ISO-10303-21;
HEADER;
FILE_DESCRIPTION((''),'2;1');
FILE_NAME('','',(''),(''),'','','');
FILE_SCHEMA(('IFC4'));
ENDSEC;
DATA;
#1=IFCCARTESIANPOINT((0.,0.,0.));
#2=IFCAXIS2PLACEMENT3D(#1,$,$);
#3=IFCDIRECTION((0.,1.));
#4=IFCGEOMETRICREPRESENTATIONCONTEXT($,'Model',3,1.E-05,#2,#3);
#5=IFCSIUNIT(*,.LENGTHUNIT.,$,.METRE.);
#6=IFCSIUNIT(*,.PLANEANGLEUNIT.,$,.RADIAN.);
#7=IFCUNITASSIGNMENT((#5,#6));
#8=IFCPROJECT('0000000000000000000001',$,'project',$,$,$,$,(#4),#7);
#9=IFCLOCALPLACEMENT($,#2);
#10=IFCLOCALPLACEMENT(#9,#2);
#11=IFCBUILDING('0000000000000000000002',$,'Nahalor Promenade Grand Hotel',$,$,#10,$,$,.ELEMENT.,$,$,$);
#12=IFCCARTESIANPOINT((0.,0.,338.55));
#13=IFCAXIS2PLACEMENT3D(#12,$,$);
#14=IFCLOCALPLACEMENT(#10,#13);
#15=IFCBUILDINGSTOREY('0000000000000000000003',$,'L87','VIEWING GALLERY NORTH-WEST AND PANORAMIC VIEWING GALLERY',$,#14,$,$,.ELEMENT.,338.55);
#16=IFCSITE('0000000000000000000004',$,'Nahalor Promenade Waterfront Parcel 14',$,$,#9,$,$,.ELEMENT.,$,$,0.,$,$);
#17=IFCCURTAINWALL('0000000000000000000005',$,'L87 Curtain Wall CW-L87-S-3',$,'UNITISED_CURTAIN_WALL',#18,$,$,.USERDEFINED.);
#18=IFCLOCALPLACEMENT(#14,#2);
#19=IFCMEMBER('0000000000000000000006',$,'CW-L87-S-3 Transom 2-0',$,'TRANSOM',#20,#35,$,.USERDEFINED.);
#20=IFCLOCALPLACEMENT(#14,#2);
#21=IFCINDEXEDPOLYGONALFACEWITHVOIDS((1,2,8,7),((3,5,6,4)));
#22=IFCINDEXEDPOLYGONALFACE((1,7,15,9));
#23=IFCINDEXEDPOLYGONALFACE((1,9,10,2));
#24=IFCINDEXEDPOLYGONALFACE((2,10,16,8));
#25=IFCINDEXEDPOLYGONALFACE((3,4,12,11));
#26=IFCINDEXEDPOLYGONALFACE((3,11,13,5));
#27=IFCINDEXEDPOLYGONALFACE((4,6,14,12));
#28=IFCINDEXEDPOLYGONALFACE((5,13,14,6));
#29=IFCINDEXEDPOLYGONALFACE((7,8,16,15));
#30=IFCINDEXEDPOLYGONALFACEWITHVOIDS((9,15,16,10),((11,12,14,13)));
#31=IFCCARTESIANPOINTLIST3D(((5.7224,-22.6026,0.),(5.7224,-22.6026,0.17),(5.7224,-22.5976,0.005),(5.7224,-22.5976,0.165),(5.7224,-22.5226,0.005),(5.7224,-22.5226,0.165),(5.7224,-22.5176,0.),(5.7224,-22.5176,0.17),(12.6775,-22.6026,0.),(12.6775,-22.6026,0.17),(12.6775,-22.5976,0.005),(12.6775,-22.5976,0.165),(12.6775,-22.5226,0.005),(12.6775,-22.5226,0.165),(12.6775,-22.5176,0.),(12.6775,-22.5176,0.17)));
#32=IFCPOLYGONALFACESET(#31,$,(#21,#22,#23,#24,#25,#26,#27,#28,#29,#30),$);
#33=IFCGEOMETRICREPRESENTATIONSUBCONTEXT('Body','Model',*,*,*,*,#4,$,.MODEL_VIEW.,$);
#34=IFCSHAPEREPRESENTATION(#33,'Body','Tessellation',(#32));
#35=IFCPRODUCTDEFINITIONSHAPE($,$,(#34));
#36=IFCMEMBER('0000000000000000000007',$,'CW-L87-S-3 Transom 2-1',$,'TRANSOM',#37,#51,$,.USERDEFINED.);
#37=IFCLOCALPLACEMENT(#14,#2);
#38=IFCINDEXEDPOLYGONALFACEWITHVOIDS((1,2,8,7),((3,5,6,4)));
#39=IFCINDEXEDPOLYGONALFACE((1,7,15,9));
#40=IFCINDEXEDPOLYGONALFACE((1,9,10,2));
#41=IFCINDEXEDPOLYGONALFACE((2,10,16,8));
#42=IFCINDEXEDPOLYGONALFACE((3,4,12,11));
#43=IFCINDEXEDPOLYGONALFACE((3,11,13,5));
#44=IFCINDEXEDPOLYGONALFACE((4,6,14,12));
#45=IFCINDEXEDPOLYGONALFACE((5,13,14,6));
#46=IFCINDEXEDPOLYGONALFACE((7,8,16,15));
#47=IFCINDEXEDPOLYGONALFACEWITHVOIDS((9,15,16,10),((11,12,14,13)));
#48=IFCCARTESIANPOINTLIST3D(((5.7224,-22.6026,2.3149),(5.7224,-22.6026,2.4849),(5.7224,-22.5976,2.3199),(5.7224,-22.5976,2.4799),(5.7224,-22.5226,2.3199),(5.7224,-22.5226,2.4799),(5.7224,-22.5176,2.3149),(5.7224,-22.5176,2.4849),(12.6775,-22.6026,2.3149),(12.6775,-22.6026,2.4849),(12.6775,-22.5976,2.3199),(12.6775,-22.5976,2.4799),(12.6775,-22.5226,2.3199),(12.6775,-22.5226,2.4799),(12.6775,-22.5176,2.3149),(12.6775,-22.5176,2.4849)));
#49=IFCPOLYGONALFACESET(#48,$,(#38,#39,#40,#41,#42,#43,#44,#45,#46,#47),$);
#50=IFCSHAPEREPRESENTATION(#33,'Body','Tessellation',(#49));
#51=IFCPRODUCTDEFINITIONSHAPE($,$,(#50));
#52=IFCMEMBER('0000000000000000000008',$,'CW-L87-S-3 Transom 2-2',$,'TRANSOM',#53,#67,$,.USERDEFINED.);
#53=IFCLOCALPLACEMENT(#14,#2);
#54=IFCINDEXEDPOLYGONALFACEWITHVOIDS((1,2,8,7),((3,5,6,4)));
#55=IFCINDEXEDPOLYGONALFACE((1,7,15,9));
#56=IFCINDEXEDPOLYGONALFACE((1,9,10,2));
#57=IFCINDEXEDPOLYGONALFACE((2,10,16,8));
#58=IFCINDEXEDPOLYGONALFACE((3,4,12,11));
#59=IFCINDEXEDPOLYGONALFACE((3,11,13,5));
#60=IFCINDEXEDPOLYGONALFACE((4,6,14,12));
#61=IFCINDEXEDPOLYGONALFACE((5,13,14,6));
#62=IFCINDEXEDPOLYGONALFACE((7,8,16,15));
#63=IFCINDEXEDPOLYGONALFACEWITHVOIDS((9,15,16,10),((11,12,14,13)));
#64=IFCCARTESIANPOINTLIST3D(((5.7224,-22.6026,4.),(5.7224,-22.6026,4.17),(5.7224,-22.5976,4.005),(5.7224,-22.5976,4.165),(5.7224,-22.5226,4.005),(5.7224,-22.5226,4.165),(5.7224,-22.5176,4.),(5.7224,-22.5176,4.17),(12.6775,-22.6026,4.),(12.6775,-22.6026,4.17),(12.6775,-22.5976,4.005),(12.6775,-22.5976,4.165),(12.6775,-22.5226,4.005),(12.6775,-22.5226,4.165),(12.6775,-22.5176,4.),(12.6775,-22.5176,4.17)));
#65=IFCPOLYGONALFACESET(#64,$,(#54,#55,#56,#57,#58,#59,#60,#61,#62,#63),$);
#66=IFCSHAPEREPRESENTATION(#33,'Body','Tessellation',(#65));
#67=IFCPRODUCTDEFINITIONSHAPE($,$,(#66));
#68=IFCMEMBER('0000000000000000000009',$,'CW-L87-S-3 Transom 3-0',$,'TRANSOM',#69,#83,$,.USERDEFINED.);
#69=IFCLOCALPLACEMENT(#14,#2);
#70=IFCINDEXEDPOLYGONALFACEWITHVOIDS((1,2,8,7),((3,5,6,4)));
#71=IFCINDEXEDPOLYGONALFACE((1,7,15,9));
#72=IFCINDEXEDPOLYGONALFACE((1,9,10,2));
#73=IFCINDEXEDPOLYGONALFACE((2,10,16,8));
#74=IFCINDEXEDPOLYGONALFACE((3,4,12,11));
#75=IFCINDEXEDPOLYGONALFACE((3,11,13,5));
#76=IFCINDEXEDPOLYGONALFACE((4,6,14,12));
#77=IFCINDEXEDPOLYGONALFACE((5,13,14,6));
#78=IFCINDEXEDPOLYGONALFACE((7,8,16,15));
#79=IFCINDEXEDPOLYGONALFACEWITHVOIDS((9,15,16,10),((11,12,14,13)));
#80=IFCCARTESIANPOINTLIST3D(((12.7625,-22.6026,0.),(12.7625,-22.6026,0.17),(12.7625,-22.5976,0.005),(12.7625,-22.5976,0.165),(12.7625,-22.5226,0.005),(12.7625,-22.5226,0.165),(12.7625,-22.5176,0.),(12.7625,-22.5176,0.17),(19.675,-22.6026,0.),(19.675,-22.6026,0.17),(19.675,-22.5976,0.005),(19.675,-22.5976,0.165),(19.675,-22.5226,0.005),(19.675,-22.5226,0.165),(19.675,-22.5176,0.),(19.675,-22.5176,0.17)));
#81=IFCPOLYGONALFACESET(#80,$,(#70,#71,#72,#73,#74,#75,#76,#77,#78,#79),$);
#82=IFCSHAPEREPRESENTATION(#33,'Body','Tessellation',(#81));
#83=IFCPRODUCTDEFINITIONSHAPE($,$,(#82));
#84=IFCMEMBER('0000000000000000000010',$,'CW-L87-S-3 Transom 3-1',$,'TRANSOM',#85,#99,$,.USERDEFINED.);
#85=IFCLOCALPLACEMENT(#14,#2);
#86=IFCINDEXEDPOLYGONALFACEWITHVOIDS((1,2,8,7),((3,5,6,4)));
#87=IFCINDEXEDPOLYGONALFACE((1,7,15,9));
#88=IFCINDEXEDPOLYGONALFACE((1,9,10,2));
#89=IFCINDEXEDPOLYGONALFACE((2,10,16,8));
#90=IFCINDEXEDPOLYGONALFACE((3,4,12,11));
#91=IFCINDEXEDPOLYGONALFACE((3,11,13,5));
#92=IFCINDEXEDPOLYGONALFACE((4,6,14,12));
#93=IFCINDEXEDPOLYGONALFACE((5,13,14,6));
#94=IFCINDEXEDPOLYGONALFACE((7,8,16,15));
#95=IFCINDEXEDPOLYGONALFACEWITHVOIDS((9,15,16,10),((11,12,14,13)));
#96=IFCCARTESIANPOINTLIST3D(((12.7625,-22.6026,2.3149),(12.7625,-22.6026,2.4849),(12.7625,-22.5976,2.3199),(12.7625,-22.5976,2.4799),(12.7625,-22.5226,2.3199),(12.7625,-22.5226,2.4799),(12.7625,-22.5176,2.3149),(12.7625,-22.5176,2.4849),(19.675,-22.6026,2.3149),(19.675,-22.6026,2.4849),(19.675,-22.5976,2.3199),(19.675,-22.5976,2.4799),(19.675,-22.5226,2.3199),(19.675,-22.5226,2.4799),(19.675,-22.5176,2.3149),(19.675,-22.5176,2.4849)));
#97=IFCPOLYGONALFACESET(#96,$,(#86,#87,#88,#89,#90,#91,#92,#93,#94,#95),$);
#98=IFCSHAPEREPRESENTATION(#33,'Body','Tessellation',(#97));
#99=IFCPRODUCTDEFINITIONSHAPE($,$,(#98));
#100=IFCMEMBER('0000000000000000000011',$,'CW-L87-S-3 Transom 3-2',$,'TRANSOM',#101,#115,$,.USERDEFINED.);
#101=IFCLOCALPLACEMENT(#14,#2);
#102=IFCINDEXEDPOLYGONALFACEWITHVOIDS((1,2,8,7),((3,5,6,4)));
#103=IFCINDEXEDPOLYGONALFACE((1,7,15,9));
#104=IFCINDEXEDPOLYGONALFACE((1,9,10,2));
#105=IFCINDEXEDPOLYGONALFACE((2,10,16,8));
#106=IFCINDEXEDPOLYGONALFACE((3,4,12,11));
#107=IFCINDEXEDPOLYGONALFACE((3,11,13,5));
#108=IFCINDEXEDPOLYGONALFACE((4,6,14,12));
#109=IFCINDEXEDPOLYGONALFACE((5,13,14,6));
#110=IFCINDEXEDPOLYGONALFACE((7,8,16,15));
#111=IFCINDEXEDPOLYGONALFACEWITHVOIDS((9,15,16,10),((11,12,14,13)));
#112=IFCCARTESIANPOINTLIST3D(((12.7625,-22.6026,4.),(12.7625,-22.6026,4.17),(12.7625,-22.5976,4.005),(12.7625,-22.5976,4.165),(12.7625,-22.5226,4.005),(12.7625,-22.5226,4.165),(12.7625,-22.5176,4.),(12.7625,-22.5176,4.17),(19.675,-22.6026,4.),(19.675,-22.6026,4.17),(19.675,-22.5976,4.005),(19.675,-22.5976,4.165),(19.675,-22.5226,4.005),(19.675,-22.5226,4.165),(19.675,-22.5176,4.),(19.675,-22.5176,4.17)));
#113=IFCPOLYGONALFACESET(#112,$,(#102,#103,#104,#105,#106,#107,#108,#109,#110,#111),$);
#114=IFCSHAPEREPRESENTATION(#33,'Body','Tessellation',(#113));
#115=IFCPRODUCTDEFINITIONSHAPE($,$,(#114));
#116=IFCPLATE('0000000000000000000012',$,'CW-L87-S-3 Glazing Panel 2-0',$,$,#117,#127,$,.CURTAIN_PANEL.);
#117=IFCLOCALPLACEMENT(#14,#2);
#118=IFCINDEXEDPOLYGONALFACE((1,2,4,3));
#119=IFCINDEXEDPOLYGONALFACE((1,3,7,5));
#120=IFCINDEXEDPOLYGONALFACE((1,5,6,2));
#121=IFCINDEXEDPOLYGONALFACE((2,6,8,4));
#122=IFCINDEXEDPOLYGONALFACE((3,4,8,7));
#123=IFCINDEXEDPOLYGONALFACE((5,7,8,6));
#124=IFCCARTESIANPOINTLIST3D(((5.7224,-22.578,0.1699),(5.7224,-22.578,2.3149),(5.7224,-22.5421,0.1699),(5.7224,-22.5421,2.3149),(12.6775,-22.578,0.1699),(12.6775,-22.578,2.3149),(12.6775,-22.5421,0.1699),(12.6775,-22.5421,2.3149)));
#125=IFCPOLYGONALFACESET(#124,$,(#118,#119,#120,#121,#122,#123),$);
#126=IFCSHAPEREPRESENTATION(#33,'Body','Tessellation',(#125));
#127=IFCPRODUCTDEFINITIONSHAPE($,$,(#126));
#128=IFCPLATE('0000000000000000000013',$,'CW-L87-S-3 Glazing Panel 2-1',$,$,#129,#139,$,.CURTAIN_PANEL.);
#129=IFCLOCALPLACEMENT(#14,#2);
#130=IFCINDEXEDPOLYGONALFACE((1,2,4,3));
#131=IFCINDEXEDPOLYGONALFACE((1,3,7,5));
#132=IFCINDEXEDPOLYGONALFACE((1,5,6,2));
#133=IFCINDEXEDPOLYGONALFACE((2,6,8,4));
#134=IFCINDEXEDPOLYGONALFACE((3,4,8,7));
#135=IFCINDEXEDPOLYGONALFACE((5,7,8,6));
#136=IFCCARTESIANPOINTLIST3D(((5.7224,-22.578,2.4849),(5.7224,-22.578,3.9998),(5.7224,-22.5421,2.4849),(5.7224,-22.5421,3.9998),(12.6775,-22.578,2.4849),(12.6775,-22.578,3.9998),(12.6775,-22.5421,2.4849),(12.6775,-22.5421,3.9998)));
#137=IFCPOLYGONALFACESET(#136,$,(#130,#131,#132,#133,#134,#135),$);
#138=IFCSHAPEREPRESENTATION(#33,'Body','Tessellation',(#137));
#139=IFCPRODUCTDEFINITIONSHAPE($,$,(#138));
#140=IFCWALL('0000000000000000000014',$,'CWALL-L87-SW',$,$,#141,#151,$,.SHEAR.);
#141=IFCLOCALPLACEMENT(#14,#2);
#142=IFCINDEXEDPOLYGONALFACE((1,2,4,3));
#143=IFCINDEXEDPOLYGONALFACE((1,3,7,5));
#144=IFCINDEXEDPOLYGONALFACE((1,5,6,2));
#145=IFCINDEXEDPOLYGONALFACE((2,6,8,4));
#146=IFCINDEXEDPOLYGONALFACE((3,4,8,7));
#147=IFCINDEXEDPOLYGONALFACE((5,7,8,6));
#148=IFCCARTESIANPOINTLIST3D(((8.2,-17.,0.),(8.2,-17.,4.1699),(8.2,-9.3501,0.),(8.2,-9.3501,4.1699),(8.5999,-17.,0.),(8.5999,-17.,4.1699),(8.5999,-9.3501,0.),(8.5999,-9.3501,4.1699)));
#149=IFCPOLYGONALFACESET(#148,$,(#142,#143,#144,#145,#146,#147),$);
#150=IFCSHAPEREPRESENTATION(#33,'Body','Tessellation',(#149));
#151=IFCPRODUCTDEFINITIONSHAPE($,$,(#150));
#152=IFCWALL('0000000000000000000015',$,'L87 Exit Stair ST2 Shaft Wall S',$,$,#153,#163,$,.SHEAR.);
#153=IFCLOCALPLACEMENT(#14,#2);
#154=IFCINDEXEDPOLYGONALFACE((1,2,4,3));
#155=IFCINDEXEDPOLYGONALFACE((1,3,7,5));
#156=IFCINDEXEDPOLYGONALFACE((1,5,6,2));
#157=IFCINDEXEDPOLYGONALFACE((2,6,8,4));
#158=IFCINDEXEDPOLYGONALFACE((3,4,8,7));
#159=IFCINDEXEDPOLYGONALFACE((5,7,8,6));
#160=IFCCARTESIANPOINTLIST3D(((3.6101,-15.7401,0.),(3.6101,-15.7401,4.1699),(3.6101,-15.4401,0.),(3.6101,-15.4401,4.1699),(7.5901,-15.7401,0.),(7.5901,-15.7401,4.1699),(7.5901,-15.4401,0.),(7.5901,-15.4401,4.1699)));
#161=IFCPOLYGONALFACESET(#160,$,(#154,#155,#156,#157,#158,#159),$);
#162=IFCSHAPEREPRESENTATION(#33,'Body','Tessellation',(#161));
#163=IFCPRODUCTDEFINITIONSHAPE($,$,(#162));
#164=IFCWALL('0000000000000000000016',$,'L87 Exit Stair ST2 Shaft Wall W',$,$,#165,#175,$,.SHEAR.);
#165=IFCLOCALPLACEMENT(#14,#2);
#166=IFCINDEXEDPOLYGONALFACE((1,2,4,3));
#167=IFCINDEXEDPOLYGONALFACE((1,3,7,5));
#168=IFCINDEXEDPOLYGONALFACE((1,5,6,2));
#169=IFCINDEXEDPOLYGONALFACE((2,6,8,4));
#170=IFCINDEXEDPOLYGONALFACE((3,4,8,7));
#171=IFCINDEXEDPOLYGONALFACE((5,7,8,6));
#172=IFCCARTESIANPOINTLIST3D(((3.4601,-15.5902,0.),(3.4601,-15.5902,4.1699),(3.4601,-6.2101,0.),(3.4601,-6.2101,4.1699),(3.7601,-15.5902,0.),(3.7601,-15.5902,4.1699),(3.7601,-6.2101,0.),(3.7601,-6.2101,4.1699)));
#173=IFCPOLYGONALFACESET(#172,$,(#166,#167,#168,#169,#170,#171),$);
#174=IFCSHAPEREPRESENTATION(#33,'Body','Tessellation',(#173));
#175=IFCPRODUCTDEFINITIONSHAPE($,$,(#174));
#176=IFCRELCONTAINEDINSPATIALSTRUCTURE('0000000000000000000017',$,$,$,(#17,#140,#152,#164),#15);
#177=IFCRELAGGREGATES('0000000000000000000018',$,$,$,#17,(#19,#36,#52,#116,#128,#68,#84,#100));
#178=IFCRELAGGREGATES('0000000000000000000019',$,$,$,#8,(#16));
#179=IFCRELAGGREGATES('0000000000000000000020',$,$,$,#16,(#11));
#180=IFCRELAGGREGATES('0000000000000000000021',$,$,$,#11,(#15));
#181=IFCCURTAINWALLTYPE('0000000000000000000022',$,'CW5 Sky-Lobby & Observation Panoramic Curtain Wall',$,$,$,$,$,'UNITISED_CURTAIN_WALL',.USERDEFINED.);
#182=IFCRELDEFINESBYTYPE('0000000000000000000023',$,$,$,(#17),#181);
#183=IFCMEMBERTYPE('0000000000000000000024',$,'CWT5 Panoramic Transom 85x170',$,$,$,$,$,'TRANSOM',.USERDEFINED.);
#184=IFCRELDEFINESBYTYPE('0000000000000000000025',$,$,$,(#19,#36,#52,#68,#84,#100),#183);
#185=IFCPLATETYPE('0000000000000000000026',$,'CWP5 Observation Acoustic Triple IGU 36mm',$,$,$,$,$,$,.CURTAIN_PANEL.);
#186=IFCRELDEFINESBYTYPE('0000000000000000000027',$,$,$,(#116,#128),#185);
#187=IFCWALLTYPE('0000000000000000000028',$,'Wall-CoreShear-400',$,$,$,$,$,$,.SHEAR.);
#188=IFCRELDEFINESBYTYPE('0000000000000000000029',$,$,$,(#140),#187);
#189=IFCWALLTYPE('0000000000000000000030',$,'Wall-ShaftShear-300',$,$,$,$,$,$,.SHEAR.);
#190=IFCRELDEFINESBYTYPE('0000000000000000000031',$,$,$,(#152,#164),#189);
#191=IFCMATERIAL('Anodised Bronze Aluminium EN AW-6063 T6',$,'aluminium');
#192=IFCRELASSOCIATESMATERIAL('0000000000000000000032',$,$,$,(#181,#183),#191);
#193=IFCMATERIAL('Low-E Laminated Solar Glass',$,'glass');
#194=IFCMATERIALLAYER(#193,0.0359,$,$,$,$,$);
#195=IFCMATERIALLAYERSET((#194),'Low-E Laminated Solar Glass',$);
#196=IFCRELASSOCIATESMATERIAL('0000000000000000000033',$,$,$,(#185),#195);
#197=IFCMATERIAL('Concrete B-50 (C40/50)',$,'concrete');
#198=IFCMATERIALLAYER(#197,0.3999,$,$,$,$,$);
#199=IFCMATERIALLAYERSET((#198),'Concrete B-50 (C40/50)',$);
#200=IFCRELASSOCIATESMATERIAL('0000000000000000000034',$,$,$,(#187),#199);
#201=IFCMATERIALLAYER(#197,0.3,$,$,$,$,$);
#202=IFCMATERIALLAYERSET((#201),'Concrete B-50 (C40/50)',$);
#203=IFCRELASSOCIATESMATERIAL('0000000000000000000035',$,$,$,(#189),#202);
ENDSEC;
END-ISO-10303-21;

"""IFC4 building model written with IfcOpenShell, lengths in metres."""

from ifc_helpers import new_model, si_unit, direction, frame, frame_2d, origin, origin_2d, place, context, subcontext, project, spatial, rectangle, hollow_rectangle, extrude, source, transform, mapped, material, layer, layer_set, material_profile, profile_set, type_object, element, aggregate, save


model = new_model("IFC4")

# Units and contexts
model_context = context("Model", 3, precision=1e-05, world=origin(), true_north=direction((0.0, 1.0)))
body_context = subcontext(model_context, "Body", "Model", "MODEL_VIEW")
ifc_project = project(units=[si_unit("LENGTHUNIT", "METRE"), si_unit("PLANEANGLEUNIT", "RADIAN")], contexts=[model_context])

# Site, building, storey
site_placement = place(None, origin())
site = spatial("IfcSite", under=ifc_project, at=site_placement, Name="Nahalor Promenade Waterfront Parcel 14", CompositionType="ELEMENT", RefElevation=0.0)
building_placement = place(site_placement, origin())
building = spatial("IfcBuilding", under=site, at=building_placement, Name="Nahalor Promenade Grand Hotel", CompositionType="ELEMENT")
storey_placement = place(building_placement, frame((0.0, 0.0, 338.55)))
storey = spatial("IfcBuildingStorey", under=building, at=storey_placement, Name="L87", Description="VIEWING GALLERY NORTH-WEST AND PANORAMIC VIEWING GALLERY", CompositionType="ELEMENT", Elevation=338.55)

# Shared definitions
ifc_material_1 = material(Name="Concrete B-50 (C40/50)", Category="concrete")

# Curtain wall, members, plates
ifc_material_2 = material(Name="Anodised Bronze Aluminium EN AW-6063 T6", Category="aluminium")
curtain_wall_type = type_object("IfcCurtainWallType", Name="CW5 Sky-Lobby & Observation Panoramic Curtain Wall", ElementType="UNITISED_CURTAIN_WALL", PredefinedType="USERDEFINED", material=ifc_material_2)
curtain_wall_placement = place(storey_placement, origin())
curtain_wall = element("IfcCurtainWall", 1, at=curtain_wall_placement, inside=storey, type_object=curtain_wall_type, Name="L87 Curtain Wall CW-L87-S-3", ObjectType="UNITISED_CURTAIN_WALL", PredefinedType="USERDEFINED")
ifc_material_profile_1 = material_profile(ifc_material_2, hollow_rectangle(XDim=0.085, YDim=0.17, WallThickness=0.005, at=origin_2d()), Name="CWT 85x170x5")
ifc_profile_set_1 = profile_set([ifc_material_profile_1], Name="Anodised Bronze Aluminium EN AW-6063 T6")
member_type_1 = type_object("IfcMemberType", Name="CWT5 Panoramic Transom 85x170", ElementType="TRANSOM", PredefinedType="USERDEFINED", material=ifc_profile_set_1)
shared_shape_1 = source(origin(), body_context, "Body", "SweptSolid", [
    extrude(hollow_rectangle(XDim=0.085, YDim=0.17, WallThickness=0.005, at=origin_2d()), origin(), (0.0, 0.0, 1.0), 6.9551),
])
member_1_placement = place(storey_placement, frame((5.7224, -22.5601, 0.085), z_axis=(1.0, 0.0, 0.0), x_axis=(0.0, 1.0, 0.0)))
member_1 = element("IfcMember", 2, at=member_1_placement, type_object=member_type_1, Name="CW-L87-S-3 Transom 2-0", ObjectType="TRANSOM", PredefinedType="USERDEFINED", context=body_context, shape_type="MappedRepresentation", body=[
    mapped(shared_shape_1, transform((0.0, 0.0, 0.0), scale=1.0)),
])
member_2_placement = place(storey_placement, frame((5.7224, -22.5601, 2.3999), z_axis=(1.0, 0.0, 0.0), x_axis=(0.0, 1.0, 0.0)))
member_2 = element("IfcMember", 3, at=member_2_placement, type_object=member_type_1, Name="CW-L87-S-3 Transom 2-1", ObjectType="TRANSOM", PredefinedType="USERDEFINED", context=body_context, shape_type="MappedRepresentation", body=[
    mapped(shared_shape_1, transform((0.0, 0.0, 0.0), scale=1.0)),
])
member_3_placement = place(storey_placement, frame((5.7224, -22.5601, 4.085), z_axis=(1.0, 0.0, 0.0), x_axis=(0.0, 1.0, 0.0)))
member_3 = element("IfcMember", 4, at=member_3_placement, type_object=member_type_1, Name="CW-L87-S-3 Transom 2-2", ObjectType="TRANSOM", PredefinedType="USERDEFINED", context=body_context, shape_type="MappedRepresentation", body=[
    mapped(shared_shape_1, transform((0.0, 0.0, 0.0), scale=1.0)),
])
shared_shape_2 = source(origin(), body_context, "Body", "SweptSolid", [
    extrude(hollow_rectangle(XDim=0.085, YDim=0.17, WallThickness=0.005, at=origin_2d()), origin(), (0.0, 0.0, 1.0), 6.9126),
])
member_4_placement = place(storey_placement, frame((12.7625, -22.5601, 0.085), z_axis=(1.0, 0.0, 0.0), x_axis=(0.0, 1.0, 0.0)))
member_4 = element("IfcMember", 5, at=member_4_placement, type_object=member_type_1, Name="CW-L87-S-3 Transom 3-0", ObjectType="TRANSOM", PredefinedType="USERDEFINED", context=body_context, shape_type="MappedRepresentation", body=[
    mapped(shared_shape_2, transform((0.0, 0.0, 0.0), scale=1.0)),
])
member_5_placement = place(storey_placement, frame((12.7625, -22.5601, 2.3999), z_axis=(1.0, 0.0, 0.0), x_axis=(0.0, 1.0, 0.0)))
member_5 = element("IfcMember", 6, at=member_5_placement, type_object=member_type_1, Name="CW-L87-S-3 Transom 3-1", ObjectType="TRANSOM", PredefinedType="USERDEFINED", context=body_context, shape_type="MappedRepresentation", body=[
    mapped(shared_shape_2, transform((0.0, 0.0, 0.0), scale=1.0)),
])
member_6_placement = place(storey_placement, frame((12.7625, -22.5601, 4.085), z_axis=(1.0, 0.0, 0.0), x_axis=(0.0, 1.0, 0.0)))
member_6 = element("IfcMember", 7, at=member_6_placement, type_object=member_type_1, Name="CW-L87-S-3 Transom 3-2", ObjectType="TRANSOM", PredefinedType="USERDEFINED", context=body_context, shape_type="MappedRepresentation", body=[
    mapped(shared_shape_2, transform((0.0, 0.0, 0.0), scale=1.0)),
])
ifc_material_3 = material(Name="Low-E Laminated Solar Glass", Category="glass")
ifc_layer_1 = layer(ifc_material_3, 0.0359)
ifc_layer_set_1 = layer_set([ifc_layer_1], Name="Low-E Laminated Solar Glass")
plate_type = type_object("IfcPlateType", Name="CWP5 Observation Acoustic Triple IGU 36mm", PredefinedType="CURTAIN_PANEL", material=ifc_layer_set_1)
shared_shape_3 = source(origin(), body_context, "Body", "SweptSolid", [
    extrude(rectangle(XDim=6.9551, YDim=0.0359, at=origin_2d()), origin(), (0.0, 0.0, 1.0), 2.145),
])
plate_1_placement = place(storey_placement, frame((9.2, -22.5601, 0.1699), z_axis=(0.0, 0.0, 1.0), x_axis=(1.0, 0.0, 0.0)))
plate_1 = element("IfcPlate", 8, at=plate_1_placement, type_object=plate_type, Name="CW-L87-S-3 Glazing Panel 2-0", PredefinedType="CURTAIN_PANEL", context=body_context, shape_type="MappedRepresentation", body=[
    mapped(shared_shape_3, transform((0.0, 0.0, 0.0), scale=1.0)),
])
shared_shape_4 = source(origin(), body_context, "Body", "SweptSolid", [
    extrude(rectangle(XDim=6.9551, YDim=0.0359, at=origin_2d()), origin(), (0.0, 0.0, 1.0), 1.5149),
])
plate_2_placement = place(storey_placement, frame((9.2, -22.5601, 2.4849), z_axis=(0.0, 0.0, 1.0), x_axis=(1.0, 0.0, 0.0)))
plate_2 = element("IfcPlate", 9, at=plate_2_placement, type_object=plate_type, Name="CW-L87-S-3 Glazing Panel 2-1", PredefinedType="CURTAIN_PANEL", context=body_context, shape_type="MappedRepresentation", body=[
    mapped(shared_shape_4, transform((0.0, 0.0, 0.0), scale=1.0)),
])
aggregate(curtain_wall, [member_1, member_2, member_3, plate_1, plate_2, member_4, member_5, member_6])

# Walls
ifc_layer_2 = layer(ifc_material_1, 0.3999)
ifc_layer_set_2 = layer_set([ifc_layer_2], Name="Concrete B-50 (C40/50)")
wall_type_1 = type_object("IfcWallType", Name="Wall-CoreShear-400", PredefinedType="SHEAR", material=ifc_layer_set_2)
shared_shape_5 = source(origin(), body_context, "Body", "SweptSolid", [
    extrude(rectangle(XDim=7.6499, YDim=0.3999, at=frame_2d((3.825, 0.0))), origin(), (0.0, 0.0, 1.0), 4.1699),
])
wall_1_placement = place(storey_placement, frame((8.3999, -17.0, 0.0), z_axis=(0.0, 0.0, 1.0), x_axis=(0.0, 1.0, 0.0)))
element("IfcWall", 10, at=wall_1_placement, inside=storey, type_object=wall_type_1, Name="CWALL-L87-SW", PredefinedType="SHEAR", context=body_context, shape_type="MappedRepresentation", body=[
    mapped(shared_shape_5, transform((0.0, 0.0, 0.0), scale=1.0)),
])
ifc_layer_3 = layer(ifc_material_1, 0.3)
ifc_layer_set_3 = layer_set([ifc_layer_3], Name="Concrete B-50 (C40/50)")
wall_type_2 = type_object("IfcWallType", Name="Wall-ShaftShear-300", PredefinedType="SHEAR", material=ifc_layer_set_3)
shared_shape_6 = source(origin(), body_context, "Body", "SweptSolid", [
    extrude(rectangle(XDim=3.98, YDim=0.3, at=frame_2d((1.99, 0.0))), origin(), (0.0, 0.0, 1.0), 4.1699),
])
wall_2_placement = place(storey_placement, frame((3.6101, -15.5901, 0.0), z_axis=(0.0, 0.0, 1.0), x_axis=(1.0, 0.0, 0.0)))
element("IfcWall", 11, at=wall_2_placement, inside=storey, type_object=wall_type_2, Name="L87 Exit Stair ST2 Shaft Wall S", PredefinedType="SHEAR", context=body_context, shape_type="MappedRepresentation", body=[
    mapped(shared_shape_6, transform((0.0, 0.0, 0.0), scale=1.0)),
])
shared_shape_7 = source(origin(), body_context, "Body", "SweptSolid", [
    extrude(rectangle(XDim=9.3801, YDim=0.3, at=frame_2d((4.6899, 0.0))), origin(), (0.0, 0.0, 1.0), 4.1699),
])
wall_3_placement = place(storey_placement, frame((3.6101, -15.5901, 0.0), z_axis=(0.0, 0.0, 1.0), x_axis=(0.0, 1.0, 0.0)))
element("IfcWall", 12, at=wall_3_placement, inside=storey, type_object=wall_type_2, Name="L87 Exit Stair ST2 Shaft Wall W", PredefinedType="SHEAR", context=body_context, shape_type="MappedRepresentation", body=[
    mapped(shared_shape_7, transform((0.0, 0.0, 0.0), scale=1.0)),
])

save(model, "model.ifc")
